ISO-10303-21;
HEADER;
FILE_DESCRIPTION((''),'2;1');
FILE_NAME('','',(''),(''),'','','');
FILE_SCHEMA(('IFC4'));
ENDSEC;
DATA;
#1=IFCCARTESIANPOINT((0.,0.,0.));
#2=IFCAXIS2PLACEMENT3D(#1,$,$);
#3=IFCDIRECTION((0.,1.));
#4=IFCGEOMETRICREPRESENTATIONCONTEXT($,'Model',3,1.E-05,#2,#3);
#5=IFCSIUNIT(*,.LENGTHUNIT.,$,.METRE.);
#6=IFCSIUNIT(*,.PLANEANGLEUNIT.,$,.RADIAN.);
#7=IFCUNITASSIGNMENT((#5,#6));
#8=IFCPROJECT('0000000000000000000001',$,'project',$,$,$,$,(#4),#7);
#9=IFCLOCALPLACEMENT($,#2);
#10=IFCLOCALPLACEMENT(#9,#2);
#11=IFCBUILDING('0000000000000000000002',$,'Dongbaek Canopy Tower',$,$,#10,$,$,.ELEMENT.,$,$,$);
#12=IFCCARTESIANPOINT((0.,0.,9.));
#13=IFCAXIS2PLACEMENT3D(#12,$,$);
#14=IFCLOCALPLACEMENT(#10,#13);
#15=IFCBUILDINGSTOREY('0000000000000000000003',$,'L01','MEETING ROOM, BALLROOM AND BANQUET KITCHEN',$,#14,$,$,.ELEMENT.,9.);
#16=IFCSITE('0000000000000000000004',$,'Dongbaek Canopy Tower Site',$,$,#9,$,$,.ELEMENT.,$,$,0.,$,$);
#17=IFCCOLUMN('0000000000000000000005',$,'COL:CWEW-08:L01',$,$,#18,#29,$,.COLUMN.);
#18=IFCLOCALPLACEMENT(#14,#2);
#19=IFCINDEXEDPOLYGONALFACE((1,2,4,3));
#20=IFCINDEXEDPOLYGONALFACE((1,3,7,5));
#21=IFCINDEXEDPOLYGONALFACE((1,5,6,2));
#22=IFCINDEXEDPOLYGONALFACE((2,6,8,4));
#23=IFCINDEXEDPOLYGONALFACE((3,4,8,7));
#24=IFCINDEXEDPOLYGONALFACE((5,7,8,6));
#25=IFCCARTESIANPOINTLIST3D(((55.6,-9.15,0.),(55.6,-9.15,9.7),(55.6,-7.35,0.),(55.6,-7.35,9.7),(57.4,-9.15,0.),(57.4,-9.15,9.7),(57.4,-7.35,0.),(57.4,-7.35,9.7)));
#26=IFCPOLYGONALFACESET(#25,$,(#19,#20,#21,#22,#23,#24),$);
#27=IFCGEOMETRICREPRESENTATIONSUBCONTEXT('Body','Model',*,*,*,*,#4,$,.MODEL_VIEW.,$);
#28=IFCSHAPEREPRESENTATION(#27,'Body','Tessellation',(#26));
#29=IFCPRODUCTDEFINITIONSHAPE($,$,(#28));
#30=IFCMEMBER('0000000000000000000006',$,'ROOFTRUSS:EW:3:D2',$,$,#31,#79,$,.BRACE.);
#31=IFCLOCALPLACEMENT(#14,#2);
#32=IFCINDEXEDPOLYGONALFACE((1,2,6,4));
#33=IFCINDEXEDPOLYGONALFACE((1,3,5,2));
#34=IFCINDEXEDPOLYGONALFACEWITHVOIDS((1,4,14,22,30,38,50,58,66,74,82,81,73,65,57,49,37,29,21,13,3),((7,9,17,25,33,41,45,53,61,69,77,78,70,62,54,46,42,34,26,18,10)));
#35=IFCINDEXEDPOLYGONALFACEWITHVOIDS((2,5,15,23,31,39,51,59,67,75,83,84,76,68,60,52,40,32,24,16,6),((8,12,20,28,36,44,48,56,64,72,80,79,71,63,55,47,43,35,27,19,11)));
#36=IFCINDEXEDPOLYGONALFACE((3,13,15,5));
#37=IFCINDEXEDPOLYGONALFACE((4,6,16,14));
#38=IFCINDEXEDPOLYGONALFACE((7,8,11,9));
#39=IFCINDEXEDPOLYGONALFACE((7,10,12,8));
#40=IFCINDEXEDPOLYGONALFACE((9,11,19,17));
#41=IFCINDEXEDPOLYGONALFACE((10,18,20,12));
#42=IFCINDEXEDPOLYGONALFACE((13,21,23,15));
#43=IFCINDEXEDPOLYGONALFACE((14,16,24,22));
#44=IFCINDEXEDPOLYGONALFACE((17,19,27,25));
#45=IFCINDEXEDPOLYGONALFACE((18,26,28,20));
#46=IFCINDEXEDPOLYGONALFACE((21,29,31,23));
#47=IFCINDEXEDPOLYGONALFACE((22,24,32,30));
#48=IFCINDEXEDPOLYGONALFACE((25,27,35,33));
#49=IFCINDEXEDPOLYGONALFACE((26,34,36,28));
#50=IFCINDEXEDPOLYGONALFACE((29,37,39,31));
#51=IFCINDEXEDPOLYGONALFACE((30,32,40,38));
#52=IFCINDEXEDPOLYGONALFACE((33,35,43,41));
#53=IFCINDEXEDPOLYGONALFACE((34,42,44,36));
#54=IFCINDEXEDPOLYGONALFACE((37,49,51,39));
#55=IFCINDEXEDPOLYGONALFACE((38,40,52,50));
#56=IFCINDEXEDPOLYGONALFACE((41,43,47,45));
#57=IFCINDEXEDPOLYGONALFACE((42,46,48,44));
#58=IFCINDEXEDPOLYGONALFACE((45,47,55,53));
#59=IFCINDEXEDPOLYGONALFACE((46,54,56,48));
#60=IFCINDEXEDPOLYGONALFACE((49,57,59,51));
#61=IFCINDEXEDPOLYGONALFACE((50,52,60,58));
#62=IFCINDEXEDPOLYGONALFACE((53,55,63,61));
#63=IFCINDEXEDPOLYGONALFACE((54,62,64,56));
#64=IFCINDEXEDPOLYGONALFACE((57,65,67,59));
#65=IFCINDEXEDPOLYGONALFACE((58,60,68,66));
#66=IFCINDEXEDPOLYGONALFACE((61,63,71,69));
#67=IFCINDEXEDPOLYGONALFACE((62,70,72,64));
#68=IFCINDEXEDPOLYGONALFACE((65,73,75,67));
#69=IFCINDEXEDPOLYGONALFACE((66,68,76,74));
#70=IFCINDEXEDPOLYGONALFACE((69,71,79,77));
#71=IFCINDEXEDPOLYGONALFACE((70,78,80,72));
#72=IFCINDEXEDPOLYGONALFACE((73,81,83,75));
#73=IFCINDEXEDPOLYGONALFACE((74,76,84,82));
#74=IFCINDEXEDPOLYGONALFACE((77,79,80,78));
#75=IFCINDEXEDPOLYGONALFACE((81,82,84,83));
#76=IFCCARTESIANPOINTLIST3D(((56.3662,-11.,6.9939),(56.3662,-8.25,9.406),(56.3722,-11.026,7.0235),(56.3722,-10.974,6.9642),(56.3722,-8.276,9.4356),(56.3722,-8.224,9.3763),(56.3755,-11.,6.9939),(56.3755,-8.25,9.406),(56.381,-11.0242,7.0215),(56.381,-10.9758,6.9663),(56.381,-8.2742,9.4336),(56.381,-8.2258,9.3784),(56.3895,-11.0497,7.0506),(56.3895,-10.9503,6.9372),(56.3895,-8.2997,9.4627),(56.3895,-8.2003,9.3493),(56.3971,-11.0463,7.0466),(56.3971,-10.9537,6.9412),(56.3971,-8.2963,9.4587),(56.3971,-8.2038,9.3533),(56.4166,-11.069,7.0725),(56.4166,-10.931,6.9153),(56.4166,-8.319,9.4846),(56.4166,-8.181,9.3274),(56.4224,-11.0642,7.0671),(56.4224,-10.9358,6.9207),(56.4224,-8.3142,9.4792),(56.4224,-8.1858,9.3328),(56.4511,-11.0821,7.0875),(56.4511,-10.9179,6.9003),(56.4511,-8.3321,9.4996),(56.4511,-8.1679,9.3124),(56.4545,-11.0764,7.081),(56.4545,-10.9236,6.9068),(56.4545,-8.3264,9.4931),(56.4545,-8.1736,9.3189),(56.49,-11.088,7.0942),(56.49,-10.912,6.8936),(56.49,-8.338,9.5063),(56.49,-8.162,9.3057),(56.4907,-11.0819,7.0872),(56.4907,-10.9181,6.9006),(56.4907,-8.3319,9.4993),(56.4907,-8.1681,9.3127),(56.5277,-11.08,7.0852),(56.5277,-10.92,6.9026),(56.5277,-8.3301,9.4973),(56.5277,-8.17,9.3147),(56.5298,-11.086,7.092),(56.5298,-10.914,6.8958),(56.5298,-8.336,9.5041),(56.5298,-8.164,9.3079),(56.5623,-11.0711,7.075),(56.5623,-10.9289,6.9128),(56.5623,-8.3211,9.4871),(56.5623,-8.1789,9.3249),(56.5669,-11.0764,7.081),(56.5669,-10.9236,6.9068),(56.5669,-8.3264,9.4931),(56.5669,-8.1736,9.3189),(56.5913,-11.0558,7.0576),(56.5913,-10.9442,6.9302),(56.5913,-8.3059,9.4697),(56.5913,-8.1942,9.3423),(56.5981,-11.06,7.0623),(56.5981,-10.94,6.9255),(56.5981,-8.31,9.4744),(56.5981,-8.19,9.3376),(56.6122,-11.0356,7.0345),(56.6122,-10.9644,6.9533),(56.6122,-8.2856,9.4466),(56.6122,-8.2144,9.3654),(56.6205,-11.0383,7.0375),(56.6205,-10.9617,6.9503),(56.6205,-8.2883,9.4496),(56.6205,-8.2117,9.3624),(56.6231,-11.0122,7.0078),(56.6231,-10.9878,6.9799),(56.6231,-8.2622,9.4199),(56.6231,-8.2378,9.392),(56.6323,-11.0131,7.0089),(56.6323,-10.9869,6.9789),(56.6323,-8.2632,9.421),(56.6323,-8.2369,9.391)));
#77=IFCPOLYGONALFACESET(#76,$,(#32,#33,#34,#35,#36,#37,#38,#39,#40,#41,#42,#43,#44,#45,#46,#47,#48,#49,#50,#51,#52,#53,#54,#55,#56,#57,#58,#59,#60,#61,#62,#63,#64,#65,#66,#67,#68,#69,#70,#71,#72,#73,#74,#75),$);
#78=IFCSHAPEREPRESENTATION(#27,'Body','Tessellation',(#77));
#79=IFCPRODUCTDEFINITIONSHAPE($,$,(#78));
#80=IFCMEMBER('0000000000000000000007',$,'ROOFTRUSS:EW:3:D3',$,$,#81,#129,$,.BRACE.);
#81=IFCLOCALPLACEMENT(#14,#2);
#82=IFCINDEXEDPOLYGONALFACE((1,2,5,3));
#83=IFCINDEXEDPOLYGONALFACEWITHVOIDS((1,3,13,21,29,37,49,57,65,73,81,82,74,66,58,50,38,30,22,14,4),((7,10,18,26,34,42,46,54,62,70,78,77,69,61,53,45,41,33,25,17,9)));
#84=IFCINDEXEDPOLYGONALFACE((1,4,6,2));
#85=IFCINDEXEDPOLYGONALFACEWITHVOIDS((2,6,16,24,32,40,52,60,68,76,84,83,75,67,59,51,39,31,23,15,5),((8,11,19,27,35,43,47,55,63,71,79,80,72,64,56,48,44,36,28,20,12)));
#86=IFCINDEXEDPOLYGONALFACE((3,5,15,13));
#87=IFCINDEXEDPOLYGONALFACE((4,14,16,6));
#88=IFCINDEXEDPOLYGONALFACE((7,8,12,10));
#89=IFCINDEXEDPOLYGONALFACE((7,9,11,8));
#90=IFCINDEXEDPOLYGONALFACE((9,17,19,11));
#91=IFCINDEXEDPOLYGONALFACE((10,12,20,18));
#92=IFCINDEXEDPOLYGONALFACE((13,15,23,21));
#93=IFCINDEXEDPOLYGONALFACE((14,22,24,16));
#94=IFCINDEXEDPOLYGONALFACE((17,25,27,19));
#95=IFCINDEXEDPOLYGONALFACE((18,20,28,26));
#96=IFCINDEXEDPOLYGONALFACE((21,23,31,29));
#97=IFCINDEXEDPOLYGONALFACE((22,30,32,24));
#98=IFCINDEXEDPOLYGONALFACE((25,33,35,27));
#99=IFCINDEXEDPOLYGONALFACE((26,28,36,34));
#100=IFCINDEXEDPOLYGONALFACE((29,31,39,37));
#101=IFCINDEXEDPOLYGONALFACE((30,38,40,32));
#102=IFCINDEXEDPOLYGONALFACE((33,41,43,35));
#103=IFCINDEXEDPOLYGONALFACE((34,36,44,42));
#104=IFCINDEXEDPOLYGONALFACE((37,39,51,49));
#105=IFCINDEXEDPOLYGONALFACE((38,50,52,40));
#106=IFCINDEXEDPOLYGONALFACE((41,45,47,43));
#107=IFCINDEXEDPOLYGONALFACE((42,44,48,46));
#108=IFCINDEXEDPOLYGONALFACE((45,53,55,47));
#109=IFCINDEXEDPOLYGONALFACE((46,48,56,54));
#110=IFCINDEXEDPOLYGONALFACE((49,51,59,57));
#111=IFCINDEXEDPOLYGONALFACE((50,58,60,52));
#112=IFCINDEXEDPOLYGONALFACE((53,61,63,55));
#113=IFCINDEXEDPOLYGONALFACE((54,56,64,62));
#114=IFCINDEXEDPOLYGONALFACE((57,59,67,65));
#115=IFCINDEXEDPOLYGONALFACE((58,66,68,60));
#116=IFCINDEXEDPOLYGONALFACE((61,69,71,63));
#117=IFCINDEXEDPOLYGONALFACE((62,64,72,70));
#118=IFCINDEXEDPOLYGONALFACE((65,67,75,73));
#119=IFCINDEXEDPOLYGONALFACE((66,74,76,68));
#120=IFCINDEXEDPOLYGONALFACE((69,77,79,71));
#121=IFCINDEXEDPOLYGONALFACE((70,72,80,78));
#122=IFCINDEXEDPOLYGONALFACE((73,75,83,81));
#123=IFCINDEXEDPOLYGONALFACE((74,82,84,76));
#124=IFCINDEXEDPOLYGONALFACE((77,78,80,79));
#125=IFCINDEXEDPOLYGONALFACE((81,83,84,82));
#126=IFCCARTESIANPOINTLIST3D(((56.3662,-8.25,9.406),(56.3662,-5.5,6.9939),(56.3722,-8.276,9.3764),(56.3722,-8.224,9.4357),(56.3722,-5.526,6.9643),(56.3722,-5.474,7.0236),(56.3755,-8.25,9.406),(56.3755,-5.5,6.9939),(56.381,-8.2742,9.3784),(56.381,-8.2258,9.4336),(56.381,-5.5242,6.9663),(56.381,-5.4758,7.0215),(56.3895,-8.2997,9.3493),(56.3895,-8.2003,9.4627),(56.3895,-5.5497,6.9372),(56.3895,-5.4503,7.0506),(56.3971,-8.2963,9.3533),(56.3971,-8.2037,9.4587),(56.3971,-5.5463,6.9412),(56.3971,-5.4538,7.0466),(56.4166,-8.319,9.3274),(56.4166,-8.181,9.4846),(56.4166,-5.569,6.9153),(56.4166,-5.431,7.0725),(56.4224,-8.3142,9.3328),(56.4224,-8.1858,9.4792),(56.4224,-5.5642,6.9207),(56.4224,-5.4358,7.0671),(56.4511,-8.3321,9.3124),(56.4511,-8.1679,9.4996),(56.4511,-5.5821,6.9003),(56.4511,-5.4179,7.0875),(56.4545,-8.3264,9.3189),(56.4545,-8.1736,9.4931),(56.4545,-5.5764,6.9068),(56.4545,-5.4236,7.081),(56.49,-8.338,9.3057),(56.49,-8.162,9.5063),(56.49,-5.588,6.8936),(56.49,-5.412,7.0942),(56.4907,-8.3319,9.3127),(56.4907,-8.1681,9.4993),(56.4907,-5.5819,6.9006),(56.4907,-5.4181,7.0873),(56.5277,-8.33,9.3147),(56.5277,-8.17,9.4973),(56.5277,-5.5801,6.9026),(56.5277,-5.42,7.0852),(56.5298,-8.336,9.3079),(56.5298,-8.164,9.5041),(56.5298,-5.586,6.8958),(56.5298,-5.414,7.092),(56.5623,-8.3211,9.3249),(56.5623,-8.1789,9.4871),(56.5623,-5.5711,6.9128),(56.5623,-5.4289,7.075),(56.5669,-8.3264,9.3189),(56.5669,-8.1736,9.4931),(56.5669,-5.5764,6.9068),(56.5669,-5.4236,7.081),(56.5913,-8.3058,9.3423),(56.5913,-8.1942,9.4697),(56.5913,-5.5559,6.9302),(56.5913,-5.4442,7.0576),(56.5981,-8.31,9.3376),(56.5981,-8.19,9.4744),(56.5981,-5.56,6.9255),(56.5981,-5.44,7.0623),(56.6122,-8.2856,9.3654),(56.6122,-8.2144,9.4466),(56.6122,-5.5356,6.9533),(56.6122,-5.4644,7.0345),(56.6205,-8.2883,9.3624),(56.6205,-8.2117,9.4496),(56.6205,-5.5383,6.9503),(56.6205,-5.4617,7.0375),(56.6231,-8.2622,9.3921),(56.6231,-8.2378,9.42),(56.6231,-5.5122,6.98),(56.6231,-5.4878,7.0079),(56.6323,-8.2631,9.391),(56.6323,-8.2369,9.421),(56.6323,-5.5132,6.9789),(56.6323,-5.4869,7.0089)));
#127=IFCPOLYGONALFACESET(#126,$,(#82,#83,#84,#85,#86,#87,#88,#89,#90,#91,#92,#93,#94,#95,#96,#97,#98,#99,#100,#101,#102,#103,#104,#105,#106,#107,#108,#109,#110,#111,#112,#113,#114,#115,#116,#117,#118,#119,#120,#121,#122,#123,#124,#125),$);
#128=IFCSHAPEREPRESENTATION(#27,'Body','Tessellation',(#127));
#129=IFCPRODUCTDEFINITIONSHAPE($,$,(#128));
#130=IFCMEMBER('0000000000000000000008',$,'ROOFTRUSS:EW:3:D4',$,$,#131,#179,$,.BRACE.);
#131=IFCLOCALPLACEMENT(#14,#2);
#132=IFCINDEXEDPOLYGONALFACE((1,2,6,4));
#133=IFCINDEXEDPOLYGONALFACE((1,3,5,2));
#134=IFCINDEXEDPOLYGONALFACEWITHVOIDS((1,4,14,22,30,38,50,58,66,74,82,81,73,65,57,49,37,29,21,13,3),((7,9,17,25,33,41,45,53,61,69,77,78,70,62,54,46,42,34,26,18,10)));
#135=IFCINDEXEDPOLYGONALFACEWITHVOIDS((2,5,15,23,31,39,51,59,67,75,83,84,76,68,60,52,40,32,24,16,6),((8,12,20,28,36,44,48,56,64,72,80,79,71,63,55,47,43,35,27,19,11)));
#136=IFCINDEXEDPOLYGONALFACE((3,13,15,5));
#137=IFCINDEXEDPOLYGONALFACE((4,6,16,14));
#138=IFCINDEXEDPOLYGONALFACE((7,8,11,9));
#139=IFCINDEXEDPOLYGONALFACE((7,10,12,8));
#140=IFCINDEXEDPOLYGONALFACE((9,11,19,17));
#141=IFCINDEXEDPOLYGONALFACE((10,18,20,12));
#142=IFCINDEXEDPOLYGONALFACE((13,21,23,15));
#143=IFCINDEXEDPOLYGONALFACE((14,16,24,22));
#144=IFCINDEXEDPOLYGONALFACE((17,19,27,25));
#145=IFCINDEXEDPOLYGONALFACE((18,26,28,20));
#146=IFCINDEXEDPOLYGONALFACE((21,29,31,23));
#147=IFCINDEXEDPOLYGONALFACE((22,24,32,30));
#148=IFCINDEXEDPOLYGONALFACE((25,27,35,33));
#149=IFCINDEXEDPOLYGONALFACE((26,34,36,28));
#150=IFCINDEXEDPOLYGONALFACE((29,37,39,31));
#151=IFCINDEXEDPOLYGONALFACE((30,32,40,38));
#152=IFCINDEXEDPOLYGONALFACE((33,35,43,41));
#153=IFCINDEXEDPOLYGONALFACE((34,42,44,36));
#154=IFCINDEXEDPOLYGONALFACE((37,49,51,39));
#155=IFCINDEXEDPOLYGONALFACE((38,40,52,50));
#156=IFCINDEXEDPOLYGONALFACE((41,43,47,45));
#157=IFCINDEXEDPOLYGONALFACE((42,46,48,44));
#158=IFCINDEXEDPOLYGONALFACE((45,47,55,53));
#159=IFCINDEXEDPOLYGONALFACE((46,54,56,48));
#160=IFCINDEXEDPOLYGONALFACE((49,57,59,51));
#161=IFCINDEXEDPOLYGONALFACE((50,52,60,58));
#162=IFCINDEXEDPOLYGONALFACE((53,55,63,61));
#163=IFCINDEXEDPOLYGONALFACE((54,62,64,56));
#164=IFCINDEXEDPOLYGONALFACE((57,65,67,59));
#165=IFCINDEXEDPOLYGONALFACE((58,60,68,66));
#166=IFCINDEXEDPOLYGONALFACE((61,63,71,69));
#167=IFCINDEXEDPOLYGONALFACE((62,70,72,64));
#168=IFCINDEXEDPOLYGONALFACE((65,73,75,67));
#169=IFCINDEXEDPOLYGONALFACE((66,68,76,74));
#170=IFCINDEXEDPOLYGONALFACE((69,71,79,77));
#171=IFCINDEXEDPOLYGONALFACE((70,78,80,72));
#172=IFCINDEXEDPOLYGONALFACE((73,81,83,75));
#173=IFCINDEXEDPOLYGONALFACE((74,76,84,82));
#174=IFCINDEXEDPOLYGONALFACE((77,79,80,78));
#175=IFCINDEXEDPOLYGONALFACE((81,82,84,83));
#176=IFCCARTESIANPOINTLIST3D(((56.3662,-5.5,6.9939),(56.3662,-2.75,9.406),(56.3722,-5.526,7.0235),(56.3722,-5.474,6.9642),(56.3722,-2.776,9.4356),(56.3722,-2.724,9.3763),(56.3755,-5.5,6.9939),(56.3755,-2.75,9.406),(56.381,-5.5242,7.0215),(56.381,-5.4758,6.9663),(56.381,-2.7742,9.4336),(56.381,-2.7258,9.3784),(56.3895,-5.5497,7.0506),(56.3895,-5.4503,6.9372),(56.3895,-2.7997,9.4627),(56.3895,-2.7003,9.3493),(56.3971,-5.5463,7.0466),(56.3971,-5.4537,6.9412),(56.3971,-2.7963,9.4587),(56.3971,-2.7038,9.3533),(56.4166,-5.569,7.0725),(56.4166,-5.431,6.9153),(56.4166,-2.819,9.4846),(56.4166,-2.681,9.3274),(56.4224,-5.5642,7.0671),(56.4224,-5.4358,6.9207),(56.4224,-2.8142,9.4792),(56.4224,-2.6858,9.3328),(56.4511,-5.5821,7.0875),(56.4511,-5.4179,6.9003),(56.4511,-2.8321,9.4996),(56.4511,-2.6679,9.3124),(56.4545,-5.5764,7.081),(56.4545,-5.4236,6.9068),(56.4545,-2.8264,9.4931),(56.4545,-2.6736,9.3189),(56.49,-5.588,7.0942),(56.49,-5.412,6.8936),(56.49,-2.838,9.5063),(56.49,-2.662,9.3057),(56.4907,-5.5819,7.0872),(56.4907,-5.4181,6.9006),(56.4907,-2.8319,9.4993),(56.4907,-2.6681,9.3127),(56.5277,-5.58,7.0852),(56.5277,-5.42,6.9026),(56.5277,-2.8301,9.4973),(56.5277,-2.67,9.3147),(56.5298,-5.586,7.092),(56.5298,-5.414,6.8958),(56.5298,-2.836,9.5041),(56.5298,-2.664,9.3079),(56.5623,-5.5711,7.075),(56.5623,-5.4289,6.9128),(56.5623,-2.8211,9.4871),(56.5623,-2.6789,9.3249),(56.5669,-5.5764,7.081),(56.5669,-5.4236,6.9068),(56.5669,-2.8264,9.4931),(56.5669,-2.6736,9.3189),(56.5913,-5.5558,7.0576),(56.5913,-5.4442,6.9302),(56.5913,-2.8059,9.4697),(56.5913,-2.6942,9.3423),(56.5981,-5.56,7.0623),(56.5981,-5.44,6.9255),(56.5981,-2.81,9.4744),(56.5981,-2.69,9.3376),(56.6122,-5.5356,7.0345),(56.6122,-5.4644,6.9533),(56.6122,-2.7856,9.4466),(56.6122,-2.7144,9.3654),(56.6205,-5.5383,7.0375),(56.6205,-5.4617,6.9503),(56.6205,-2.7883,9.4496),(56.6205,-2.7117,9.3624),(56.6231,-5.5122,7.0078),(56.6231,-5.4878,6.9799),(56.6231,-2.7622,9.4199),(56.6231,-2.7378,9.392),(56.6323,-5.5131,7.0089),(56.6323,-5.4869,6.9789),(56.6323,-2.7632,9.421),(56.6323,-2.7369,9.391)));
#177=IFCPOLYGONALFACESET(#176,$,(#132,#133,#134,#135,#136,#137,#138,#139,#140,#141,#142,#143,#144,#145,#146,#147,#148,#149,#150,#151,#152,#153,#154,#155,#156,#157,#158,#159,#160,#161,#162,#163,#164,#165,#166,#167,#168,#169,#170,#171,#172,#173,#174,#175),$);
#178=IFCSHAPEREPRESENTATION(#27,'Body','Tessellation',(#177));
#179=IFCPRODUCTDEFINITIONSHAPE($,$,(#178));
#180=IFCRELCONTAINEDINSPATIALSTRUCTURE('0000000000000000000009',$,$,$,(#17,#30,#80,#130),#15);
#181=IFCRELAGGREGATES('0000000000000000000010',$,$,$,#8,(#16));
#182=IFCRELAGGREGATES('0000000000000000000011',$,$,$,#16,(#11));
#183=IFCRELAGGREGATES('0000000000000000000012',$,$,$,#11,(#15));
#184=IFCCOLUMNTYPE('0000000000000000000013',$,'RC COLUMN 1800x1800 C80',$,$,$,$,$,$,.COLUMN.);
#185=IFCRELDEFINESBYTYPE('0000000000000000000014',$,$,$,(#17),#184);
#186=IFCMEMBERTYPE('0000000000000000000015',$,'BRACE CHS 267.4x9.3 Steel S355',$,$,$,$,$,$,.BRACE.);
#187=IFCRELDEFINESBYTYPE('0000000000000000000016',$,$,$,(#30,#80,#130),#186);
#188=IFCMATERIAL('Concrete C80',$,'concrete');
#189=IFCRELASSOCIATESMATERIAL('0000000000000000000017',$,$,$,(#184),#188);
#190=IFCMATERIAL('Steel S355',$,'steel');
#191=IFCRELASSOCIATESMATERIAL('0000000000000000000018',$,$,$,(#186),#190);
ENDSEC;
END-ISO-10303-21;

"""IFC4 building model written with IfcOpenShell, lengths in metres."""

from ifc_helpers import new_model, si_unit, direction, frame, origin, origin_2d, place, context, subcontext, project, spatial, rectangle, hollow_circle, extrude, material, material_profile, profile_set, type_object, element, save


model = new_model("IFC4")

# Units and contexts
model_context = context("Model", 3, precision=1e-05, world=origin(), true_north=direction((0.0, 1.0)))
body_context = subcontext(model_context, "Body", "Model", "MODEL_VIEW")
ifc_project = project(units=[si_unit("LENGTHUNIT", "METRE"), si_unit("PLANEANGLEUNIT", "RADIAN")], contexts=[model_context])

# Site, building, storey
site_placement = place(None, origin())
site = spatial("IfcSite", under=ifc_project, at=site_placement, Name="Dongbaek Canopy Tower Site", CompositionType="ELEMENT", RefElevation=0.0)
building_placement = place(site_placement, origin())
building = spatial("IfcBuilding", under=site, at=building_placement, Name="Dongbaek Canopy Tower", CompositionType="ELEMENT")
storey_placement = place(building_placement, frame((0.0, 0.0, 9.0)))
storey = spatial("IfcBuildingStorey", under=building, at=storey_placement, Name="L01", Description="MEETING ROOM, BALLROOM AND BANQUET KITCHEN", CompositionType="ELEMENT", Elevation=9.0)

# Column
ifc_material_1 = material(Name="Concrete C80", Category="concrete")
ifc_material_profile_1 = material_profile(ifc_material_1, rectangle(XDim=1.8, YDim=1.8, at=origin_2d()), Name="RC COLUMN 1800x1800 C80")
ifc_profile_set_1 = profile_set([ifc_material_profile_1], Name="Concrete C80")
column_type = type_object("IfcColumnType", Name="RC COLUMN 1800x1800 C80", PredefinedType="COLUMN", material=ifc_profile_set_1)
column_placement = place(storey_placement, frame((56.5, -8.25, 0.0), z_axis=(0.0, 0.0, 1.0), x_axis=(1.0, 0.0, 0.0)))
element("IfcColumn", 1, at=column_placement, inside=storey, type_object=column_type, Name="COL:CWEW-08:L01", PredefinedType="COLUMN", context=body_context, shape_type="SweptSolid", body=[
    extrude(rectangle(XDim=1.8, YDim=1.8, at=origin_2d()), origin(), (0.0, 0.0, 1.0), 9.7),
])

# Members
ifc_material_2 = material(Name="Steel S355", Category="steel")
ifc_material_profile_2 = material_profile(ifc_material_2, hollow_circle(Radius=0.1338, WallThickness=0.0093, at=origin_2d()), Name="BRACE CHS 267.4x9.3 Steel S355")
ifc_profile_set_2 = profile_set([ifc_material_profile_2], Name="Steel S355")
member_type_1 = type_object("IfcMemberType", Name="BRACE CHS 267.4x9.3 Steel S355", PredefinedType="BRACE", material=ifc_profile_set_2)
for number, where, z_axis, x_axis, name in (
    (2, (56.5, -11.0, 6.9939), (0.0, 0.751782, 0.659411), (-1.0, 0.0, 0.0), "ROOFTRUSS:EW:3:D2"),
    (3, (56.5, -8.25, 9.406), (0.0, 0.751782, -0.659411), (-1.0, 0.0, 0.0), "ROOFTRUSS:EW:3:D3"),
    (4, (56.5, -5.5, 6.9939), (0.0, 0.751782, 0.659411), (-1.0, 0.0, 0.0), "ROOFTRUSS:EW:3:D4"),
):
    element("IfcMember", number, at=place(storey_placement, frame(where, z_axis=z_axis, x_axis=x_axis)), inside=storey, type_object=member_type_1, Name=name, PredefinedType="BRACE", context=body_context, shape_type="SweptSolid", body=[
        extrude(hollow_circle(Radius=0.1338, WallThickness=0.0093, at=origin_2d()), origin(), (0.0, 0.0, 1.0), 3.658),
    ])

save(model, "model.ifc")
